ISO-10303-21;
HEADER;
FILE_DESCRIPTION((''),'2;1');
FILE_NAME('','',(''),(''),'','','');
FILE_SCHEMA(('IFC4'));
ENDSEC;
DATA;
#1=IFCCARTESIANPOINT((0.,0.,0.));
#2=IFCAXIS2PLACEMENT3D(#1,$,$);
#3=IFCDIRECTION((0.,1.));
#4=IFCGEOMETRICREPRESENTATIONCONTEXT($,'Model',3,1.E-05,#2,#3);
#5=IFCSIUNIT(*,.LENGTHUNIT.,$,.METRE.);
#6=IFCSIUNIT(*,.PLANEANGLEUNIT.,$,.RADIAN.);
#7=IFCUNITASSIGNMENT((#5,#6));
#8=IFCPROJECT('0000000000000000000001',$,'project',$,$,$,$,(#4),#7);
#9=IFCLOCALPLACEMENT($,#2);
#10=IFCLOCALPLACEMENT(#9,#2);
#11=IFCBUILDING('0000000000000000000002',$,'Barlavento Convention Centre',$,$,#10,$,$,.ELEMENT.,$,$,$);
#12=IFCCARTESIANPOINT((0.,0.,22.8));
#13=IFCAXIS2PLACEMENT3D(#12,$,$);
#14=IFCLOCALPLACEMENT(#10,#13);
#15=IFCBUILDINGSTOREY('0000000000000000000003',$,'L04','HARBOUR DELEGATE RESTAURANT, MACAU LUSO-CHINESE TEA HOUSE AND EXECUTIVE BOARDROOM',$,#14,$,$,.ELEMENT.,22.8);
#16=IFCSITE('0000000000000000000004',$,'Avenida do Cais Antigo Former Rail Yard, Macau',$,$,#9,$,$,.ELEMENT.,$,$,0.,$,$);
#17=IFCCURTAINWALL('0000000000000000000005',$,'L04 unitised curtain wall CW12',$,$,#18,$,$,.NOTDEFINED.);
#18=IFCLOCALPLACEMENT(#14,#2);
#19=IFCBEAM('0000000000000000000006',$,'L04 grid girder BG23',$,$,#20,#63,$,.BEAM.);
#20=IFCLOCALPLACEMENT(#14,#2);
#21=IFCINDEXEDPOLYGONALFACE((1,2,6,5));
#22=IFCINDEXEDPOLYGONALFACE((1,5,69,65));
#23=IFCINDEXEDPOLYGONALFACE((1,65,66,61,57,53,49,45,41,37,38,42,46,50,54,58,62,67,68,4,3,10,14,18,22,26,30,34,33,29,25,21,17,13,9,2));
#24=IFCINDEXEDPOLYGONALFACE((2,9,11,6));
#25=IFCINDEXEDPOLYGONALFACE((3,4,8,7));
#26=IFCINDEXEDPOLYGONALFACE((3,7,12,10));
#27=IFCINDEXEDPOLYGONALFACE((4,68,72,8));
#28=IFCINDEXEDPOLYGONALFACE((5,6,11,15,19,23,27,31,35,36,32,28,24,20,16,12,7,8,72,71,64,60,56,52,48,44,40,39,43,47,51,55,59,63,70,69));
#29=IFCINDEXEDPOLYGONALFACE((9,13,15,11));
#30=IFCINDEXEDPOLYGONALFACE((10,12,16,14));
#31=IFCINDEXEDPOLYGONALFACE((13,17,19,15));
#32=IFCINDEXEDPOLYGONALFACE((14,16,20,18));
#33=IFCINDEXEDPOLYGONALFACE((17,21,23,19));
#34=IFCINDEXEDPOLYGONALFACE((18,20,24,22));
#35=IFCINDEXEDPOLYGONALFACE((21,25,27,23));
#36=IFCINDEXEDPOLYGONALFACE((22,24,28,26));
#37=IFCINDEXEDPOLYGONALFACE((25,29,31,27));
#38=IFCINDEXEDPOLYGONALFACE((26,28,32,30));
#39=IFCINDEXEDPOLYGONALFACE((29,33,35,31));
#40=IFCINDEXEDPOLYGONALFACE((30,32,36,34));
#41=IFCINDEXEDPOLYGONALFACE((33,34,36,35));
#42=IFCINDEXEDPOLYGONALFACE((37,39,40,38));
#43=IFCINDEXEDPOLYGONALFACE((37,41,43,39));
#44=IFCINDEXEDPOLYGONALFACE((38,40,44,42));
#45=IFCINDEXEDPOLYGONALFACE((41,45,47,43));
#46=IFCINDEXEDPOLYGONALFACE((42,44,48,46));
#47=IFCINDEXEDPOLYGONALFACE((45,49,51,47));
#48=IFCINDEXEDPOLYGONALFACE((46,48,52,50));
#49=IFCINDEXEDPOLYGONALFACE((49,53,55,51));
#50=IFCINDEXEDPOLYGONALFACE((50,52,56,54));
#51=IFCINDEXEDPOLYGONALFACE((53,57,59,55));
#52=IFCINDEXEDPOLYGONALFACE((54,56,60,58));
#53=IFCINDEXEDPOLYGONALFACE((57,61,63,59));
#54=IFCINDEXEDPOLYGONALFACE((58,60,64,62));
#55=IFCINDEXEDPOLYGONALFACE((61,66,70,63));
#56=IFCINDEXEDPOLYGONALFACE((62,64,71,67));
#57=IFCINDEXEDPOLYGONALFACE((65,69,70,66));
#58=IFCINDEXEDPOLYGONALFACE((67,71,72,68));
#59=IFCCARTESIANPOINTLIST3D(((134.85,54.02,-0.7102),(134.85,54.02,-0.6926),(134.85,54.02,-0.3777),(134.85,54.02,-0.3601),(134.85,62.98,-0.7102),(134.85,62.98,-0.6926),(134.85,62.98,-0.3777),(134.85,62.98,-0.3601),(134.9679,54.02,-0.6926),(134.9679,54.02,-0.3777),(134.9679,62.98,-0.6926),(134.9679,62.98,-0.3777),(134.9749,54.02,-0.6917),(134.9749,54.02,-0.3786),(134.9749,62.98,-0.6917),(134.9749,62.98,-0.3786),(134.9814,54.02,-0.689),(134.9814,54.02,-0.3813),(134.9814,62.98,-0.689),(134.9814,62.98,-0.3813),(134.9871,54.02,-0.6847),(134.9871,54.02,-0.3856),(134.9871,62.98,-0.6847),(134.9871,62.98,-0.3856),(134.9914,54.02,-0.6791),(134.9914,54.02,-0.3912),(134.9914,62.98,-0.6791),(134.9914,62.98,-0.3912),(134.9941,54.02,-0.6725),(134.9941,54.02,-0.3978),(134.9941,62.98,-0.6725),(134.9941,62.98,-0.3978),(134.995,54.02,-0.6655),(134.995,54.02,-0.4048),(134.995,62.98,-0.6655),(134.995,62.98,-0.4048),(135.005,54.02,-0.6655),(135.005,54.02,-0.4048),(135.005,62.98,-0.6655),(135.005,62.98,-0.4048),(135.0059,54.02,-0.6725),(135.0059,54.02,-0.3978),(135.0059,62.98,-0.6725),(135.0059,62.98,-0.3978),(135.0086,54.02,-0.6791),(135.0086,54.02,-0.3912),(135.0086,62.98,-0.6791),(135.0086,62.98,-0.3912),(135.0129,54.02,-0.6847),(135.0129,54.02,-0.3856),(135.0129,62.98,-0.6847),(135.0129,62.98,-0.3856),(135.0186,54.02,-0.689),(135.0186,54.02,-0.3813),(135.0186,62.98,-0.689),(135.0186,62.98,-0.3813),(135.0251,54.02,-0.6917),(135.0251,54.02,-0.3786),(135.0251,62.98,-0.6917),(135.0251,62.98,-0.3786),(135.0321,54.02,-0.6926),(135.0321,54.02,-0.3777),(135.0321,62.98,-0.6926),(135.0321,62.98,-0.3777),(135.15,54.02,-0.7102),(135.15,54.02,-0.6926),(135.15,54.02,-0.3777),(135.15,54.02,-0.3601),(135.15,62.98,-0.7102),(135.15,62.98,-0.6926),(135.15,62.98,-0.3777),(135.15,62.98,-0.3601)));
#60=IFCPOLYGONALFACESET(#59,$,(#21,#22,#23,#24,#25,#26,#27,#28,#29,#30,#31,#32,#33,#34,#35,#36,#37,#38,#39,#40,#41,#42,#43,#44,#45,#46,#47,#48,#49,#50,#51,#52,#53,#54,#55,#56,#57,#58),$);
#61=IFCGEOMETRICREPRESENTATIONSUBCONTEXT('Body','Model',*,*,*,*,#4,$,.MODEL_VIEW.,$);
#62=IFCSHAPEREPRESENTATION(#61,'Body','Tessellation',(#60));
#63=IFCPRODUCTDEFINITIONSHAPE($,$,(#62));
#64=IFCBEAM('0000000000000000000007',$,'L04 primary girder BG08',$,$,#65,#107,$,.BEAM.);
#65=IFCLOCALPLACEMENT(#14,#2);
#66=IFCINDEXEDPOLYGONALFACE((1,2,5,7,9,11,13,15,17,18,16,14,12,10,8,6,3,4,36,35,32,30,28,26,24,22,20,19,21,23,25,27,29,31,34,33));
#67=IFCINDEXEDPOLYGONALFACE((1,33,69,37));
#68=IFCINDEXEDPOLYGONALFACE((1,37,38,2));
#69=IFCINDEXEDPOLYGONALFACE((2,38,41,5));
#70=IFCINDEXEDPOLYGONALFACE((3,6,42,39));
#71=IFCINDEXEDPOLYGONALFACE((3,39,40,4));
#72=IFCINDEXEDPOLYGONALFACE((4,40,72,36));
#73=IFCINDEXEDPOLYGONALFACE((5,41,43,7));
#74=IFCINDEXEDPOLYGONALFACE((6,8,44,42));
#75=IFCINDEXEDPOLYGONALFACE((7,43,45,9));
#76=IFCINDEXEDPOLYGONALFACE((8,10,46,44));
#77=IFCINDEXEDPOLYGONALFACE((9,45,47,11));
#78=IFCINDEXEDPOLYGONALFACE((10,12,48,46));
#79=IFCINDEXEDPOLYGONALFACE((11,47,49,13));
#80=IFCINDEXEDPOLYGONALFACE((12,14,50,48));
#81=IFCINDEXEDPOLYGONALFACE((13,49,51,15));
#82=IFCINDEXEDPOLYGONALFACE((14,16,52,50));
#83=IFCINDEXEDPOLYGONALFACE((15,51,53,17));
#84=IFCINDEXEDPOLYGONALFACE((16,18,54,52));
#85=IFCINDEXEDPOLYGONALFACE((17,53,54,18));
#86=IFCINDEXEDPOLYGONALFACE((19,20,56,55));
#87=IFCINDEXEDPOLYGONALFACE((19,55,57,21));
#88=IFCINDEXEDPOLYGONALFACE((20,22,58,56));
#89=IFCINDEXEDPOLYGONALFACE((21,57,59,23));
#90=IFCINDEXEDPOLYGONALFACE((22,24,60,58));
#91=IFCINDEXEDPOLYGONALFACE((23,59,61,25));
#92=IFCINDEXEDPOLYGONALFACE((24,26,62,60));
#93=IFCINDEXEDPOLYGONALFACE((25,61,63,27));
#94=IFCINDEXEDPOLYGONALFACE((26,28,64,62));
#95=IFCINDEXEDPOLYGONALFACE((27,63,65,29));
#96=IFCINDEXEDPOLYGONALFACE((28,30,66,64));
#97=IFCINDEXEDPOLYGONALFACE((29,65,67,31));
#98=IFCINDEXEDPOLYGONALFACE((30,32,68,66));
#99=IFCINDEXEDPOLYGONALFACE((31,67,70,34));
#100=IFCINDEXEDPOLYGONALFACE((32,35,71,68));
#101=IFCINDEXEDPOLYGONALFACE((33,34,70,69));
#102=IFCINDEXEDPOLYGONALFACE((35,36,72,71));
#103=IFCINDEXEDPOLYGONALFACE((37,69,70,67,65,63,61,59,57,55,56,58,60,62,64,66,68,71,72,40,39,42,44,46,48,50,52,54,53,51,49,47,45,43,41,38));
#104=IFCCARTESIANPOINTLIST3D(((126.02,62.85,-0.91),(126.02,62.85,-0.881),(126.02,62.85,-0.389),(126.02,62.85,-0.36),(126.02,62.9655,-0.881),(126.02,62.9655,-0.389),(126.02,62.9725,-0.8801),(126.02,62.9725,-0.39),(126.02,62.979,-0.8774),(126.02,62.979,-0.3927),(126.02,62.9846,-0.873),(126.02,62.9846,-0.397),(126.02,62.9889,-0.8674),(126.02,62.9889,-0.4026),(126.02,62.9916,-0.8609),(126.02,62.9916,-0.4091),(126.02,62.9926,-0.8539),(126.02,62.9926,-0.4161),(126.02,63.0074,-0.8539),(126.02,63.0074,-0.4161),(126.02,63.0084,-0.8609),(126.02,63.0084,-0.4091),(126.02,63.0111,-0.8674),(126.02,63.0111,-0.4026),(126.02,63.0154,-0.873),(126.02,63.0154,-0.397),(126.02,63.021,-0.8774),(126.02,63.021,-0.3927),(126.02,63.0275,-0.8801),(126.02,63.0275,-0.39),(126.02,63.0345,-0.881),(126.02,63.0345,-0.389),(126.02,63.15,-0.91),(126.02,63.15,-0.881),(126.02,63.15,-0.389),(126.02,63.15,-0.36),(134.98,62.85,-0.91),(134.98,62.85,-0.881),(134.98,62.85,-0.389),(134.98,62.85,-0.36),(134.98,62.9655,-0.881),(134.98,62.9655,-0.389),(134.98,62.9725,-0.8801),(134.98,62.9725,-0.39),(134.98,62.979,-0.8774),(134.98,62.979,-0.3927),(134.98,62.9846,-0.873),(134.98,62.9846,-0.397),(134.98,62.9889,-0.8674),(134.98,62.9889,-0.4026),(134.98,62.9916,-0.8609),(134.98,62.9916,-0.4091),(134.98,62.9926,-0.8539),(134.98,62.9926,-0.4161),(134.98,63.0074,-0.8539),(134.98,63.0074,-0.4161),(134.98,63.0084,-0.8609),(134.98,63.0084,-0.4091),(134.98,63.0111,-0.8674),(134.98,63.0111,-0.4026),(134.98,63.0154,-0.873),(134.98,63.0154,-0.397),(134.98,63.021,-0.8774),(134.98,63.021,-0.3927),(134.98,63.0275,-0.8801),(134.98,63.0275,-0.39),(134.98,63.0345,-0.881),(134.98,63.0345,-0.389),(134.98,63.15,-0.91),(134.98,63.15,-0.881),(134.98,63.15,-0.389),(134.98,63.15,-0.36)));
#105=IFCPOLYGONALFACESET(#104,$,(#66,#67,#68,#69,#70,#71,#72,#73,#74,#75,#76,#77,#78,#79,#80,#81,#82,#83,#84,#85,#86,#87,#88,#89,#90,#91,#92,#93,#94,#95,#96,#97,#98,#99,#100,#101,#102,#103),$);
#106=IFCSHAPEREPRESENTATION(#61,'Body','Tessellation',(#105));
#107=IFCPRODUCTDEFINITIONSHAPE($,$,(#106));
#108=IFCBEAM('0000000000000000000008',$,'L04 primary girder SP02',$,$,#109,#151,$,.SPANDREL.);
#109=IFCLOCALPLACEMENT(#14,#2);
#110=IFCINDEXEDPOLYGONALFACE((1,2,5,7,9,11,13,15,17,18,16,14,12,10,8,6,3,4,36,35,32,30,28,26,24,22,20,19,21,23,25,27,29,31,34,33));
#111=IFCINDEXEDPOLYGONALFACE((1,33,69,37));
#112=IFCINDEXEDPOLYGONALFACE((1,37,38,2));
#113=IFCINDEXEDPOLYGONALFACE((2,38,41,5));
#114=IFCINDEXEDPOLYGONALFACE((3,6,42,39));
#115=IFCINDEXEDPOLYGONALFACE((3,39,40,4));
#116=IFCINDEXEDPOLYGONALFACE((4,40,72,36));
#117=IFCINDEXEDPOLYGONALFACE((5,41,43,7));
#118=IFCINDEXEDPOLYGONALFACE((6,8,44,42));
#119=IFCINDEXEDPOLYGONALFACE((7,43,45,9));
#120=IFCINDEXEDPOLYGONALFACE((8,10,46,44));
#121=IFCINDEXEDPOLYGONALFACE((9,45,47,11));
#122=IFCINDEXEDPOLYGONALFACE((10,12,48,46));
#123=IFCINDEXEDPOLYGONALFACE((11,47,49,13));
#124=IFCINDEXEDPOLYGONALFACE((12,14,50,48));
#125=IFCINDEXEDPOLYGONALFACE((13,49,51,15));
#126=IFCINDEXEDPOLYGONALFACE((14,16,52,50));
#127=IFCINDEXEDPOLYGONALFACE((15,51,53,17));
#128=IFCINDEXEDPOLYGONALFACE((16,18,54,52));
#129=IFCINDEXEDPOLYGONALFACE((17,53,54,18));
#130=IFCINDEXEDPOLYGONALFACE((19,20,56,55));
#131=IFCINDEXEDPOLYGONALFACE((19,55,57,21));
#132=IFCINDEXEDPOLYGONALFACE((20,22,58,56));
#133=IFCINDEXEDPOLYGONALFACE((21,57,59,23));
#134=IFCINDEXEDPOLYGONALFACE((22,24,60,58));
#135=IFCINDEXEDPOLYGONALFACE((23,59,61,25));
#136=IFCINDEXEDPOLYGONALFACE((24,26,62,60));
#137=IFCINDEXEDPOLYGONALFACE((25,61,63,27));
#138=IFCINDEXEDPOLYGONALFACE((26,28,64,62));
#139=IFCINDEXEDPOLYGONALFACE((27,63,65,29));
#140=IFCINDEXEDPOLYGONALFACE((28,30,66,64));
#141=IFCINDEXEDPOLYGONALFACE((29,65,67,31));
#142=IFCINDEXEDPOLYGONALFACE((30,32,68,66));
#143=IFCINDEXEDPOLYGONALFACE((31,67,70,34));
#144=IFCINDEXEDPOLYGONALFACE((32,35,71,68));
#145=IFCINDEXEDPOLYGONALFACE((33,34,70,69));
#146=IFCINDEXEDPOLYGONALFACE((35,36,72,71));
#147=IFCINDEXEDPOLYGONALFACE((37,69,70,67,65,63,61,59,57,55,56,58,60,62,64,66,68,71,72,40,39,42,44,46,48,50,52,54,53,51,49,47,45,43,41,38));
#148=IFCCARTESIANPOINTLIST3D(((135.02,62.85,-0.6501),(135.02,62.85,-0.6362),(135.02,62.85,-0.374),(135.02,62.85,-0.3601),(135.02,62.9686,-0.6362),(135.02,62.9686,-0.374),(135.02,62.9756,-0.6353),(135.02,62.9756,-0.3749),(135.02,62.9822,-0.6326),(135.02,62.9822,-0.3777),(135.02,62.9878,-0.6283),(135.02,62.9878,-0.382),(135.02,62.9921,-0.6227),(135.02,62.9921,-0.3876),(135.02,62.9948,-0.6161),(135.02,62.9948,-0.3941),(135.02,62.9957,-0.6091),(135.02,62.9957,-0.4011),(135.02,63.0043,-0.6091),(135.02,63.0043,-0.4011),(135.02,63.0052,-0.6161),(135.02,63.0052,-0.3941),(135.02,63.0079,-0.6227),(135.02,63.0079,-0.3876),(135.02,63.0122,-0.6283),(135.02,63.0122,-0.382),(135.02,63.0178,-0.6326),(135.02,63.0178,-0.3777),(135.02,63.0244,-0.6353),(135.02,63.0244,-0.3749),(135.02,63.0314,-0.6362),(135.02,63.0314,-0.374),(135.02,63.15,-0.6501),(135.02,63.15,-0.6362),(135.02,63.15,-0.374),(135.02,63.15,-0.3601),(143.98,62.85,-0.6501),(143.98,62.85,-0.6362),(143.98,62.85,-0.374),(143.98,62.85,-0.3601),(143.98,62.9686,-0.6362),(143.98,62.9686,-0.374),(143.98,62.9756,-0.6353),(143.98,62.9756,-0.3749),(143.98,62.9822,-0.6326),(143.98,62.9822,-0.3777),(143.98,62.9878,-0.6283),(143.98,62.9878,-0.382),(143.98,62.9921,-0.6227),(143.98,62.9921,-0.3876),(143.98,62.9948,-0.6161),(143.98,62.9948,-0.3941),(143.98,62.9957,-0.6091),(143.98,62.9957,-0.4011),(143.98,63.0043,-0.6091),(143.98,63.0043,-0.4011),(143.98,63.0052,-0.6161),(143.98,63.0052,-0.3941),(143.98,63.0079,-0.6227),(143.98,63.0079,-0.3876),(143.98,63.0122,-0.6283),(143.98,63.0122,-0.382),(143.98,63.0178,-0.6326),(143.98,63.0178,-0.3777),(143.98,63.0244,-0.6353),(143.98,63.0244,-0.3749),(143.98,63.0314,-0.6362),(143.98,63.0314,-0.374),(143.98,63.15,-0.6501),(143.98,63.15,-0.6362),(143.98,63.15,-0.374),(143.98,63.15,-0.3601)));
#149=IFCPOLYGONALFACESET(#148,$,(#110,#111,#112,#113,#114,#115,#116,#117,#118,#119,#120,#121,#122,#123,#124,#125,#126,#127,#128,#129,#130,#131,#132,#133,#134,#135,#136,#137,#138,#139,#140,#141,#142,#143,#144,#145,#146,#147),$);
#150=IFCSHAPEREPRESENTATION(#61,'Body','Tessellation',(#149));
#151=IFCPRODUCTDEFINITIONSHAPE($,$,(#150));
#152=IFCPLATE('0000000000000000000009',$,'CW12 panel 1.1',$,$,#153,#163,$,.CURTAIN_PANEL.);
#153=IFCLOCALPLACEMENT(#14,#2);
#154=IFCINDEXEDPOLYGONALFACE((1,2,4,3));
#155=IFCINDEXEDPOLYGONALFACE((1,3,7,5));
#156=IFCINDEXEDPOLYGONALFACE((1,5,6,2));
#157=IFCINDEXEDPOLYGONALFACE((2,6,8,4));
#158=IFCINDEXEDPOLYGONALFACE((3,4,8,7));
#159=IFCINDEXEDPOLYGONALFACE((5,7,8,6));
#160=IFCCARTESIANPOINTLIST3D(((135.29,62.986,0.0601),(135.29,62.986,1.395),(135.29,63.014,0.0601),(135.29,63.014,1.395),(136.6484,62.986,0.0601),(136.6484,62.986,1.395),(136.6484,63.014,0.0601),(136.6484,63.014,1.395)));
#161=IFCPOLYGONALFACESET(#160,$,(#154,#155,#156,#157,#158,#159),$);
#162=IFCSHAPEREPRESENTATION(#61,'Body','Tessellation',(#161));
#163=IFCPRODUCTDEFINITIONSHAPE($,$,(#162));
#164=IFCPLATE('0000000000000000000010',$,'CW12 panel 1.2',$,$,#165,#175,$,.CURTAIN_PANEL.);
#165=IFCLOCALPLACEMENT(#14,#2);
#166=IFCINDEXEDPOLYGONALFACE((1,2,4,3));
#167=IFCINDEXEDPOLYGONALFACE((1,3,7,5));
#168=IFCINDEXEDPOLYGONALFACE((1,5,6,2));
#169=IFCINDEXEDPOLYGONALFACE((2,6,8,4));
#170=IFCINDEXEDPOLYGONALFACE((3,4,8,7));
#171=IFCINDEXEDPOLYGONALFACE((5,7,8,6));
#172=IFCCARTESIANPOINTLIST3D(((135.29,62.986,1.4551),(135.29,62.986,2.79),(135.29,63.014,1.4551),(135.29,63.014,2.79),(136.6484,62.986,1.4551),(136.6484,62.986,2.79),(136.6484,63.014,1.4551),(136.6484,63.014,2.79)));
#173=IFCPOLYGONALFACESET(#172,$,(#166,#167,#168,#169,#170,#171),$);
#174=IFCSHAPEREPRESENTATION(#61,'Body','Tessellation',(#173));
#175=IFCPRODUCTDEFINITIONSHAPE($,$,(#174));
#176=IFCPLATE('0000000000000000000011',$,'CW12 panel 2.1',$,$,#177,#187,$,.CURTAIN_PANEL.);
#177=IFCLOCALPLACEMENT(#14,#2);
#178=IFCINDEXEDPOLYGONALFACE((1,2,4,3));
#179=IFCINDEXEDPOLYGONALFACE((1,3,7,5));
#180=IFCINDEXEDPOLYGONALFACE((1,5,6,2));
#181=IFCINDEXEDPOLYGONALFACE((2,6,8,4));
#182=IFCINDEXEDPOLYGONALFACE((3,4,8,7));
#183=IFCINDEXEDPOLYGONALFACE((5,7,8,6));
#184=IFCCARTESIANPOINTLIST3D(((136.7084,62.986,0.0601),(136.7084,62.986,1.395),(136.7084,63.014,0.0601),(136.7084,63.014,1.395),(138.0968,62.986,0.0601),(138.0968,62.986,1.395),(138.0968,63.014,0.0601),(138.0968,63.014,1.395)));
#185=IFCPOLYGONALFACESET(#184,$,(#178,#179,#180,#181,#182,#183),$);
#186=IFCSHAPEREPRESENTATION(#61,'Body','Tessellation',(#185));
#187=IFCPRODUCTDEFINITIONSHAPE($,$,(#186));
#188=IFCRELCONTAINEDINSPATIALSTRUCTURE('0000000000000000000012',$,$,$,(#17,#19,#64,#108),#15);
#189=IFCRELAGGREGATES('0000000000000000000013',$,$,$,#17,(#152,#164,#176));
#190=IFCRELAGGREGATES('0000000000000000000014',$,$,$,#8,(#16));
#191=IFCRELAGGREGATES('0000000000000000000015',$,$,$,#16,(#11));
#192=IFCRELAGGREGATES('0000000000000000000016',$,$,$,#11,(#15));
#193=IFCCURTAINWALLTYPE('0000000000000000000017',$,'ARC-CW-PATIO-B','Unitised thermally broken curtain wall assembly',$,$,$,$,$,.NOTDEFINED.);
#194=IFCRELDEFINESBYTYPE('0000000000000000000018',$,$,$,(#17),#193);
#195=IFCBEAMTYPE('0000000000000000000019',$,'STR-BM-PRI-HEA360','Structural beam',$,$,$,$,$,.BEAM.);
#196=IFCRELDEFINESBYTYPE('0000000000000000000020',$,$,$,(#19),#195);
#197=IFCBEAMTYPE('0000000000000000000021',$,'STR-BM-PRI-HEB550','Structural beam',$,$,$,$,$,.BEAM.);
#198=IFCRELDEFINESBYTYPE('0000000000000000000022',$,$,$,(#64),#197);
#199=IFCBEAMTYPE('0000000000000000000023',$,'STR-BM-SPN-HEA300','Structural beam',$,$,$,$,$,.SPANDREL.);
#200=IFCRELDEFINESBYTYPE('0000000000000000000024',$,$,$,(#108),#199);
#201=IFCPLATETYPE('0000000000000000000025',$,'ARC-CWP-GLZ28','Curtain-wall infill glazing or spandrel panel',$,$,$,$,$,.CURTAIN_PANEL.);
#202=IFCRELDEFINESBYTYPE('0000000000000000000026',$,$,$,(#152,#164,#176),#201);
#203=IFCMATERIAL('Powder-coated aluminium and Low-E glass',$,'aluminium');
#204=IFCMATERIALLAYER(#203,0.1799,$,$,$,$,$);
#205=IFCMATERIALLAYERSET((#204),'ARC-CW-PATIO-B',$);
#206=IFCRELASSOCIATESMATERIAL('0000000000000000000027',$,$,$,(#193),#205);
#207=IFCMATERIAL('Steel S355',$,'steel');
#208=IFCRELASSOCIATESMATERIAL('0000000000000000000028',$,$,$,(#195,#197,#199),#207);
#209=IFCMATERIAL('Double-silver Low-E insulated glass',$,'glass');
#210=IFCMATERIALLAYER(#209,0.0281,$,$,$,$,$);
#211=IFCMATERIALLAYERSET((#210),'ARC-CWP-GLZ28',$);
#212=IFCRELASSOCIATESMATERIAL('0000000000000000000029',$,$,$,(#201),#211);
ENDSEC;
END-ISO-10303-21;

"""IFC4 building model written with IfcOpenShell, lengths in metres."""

from ifc_helpers import new_model, si_unit, direction, frame, origin, origin_2d, place, context, subcontext, project, spatial, rectangle, i_section, extrude, material, layer, layer_set, material_profile, profile_set, type_object, element, aggregate, save


model = new_model("IFC4")

# Units and contexts
model_context = context("Model", 3, precision=1e-05, world=origin(), true_north=direction((0.0, 1.0)))
body_context = subcontext(model_context, "Body", "Model", "MODEL_VIEW")
ifc_project = project(units=[si_unit("LENGTHUNIT", "METRE"), si_unit("PLANEANGLEUNIT", "RADIAN")], contexts=[model_context])

# Site, building, storey
site_placement = place(None, origin())
site = spatial("IfcSite", under=ifc_project, at=site_placement, Name="Avenida do Cais Antigo Former Rail Yard, Macau", CompositionType="ELEMENT", RefElevation=0.0)
building_placement = place(site_placement, origin())
building = spatial("IfcBuilding", under=site, at=building_placement, Name="Barlavento Convention Centre", CompositionType="ELEMENT")
storey_placement = place(building_placement, frame((0.0, 0.0, 22.8)))
storey = spatial("IfcBuildingStorey", under=building, at=storey_placement, Name="L04", Description="HARBOUR DELEGATE RESTAURANT, MACAU LUSO-CHINESE TEA HOUSE AND EXECUTIVE BOARDROOM", CompositionType="ELEMENT", Elevation=22.8)

# Shared definitions
ifc_material_1 = material(Name="Steel S355", Category="steel")

# Curtain wall
ifc_material_2 = material(Name="Powder-coated aluminium and Low-E glass", Category="aluminium")
ifc_layer_1 = layer(ifc_material_2, 0.1799)
ifc_layer_set_1 = layer_set([ifc_layer_1], Name="ARC-CW-PATIO-B")
curtain_wall_type = type_object("IfcCurtainWallType", Name="ARC-CW-PATIO-B", Description="Unitised thermally broken curtain wall assembly", PredefinedType="NOTDEFINED", material=ifc_layer_set_1)
curtain_wall_placement = place(storey_placement, origin())
curtain_wall = element("IfcCurtainWall", 1, at=curtain_wall_placement, inside=storey, type_object=curtain_wall_type, Name="L04 unitised curtain wall CW12", PredefinedType="NOTDEFINED")

# Beams
ifc_material_profile_1 = material_profile(ifc_material_1, i_section(OverallWidth=0.3, OverallDepth=0.3501, WebThickness=0.01, FlangeThickness=0.0176, FilletRadius=0.0271, at=origin_2d()), Name="HEA 360")
ifc_profile_set_1 = profile_set([ifc_material_profile_1], Name="Steel S355")
beam_type_1 = type_object("IfcBeamType", Name="STR-BM-PRI-HEA360", Description="Structural beam", PredefinedType="BEAM", material=ifc_profile_set_1)
beam_1_placement = place(storey_placement, frame((135.0, 54.02, -0.5352), z_axis=(0.0, 1.0, 0.0), x_axis=(-1.0, 0.0, 0.0)))
element("IfcBeam", 2, at=beam_1_placement, inside=storey, type_object=beam_type_1, Name="L04 grid girder BG23", PredefinedType="BEAM", context=body_context, shape_type="SweptSolid", body=[
    extrude(i_section(OverallWidth=0.3, OverallDepth=0.3501, WebThickness=0.01, FlangeThickness=0.0176, FilletRadius=0.0271, at=origin_2d()), origin(), (0.0, 0.0, 1.0), 8.96),
])
ifc_material_profile_2 = material_profile(ifc_material_1, i_section(OverallWidth=0.3, OverallDepth=0.55, WebThickness=0.0149, FlangeThickness=0.0291, FilletRadius=0.0271, at=origin_2d()), Name="HEB 550")
ifc_profile_set_2 = profile_set([ifc_material_profile_2], Name="Steel S355")
beam_type_2 = type_object("IfcBeamType", Name="STR-BM-PRI-HEB550", Description="Structural beam", PredefinedType="BEAM", material=ifc_profile_set_2)
beam_2_placement = place(storey_placement, frame((126.02, 63.0, -0.635), z_axis=(1.0, 0.0, 0.0), x_axis=(0.0, 1.0, 0.0)))
element("IfcBeam", 3, at=beam_2_placement, inside=storey, type_object=beam_type_2, Name="L04 primary girder BG08", PredefinedType="BEAM", context=body_context, shape_type="SweptSolid", body=[
    extrude(i_section(OverallWidth=0.3, OverallDepth=0.55, WebThickness=0.0149, FlangeThickness=0.0291, FilletRadius=0.0271, at=origin_2d()), origin(), (0.0, 0.0, 1.0), 8.96),
])
ifc_material_profile_3 = material_profile(ifc_material_1, i_section(OverallWidth=0.3, OverallDepth=0.29, WebThickness=0.0085, FlangeThickness=0.0139, FilletRadius=0.0271, at=origin_2d()), Name="HEA 300")
ifc_profile_set_3 = profile_set([ifc_material_profile_3], Name="Steel S355")
beam_type_3 = type_object("IfcBeamType", Name="STR-BM-SPN-HEA300", Description="Structural beam", PredefinedType="SPANDREL", material=ifc_profile_set_3)
beam_3_placement = place(storey_placement, frame((135.02, 63.0, -0.5051), z_axis=(1.0, 0.0, 0.0), x_axis=(0.0, 1.0, 0.0)))
element("IfcBeam", 4, at=beam_3_placement, inside=storey, type_object=beam_type_3, Name="L04 primary girder SP02", PredefinedType="SPANDREL", context=body_context, shape_type="SweptSolid", body=[
    extrude(i_section(OverallWidth=0.3, OverallDepth=0.29, WebThickness=0.0085, FlangeThickness=0.0139, FilletRadius=0.0271, at=origin_2d()), origin(), (0.0, 0.0, 1.0), 8.96),
])

# Plates
ifc_material_3 = material(Name="Double-silver Low-E insulated glass", Category="glass")
ifc_layer_2 = layer(ifc_material_3, 0.0281)
ifc_layer_set_2 = layer_set([ifc_layer_2], Name="ARC-CWP-GLZ28")
plate_type = type_object("IfcPlateType", Name="ARC-CWP-GLZ28", Description="Curtain-wall infill glazing or spandrel panel", PredefinedType="CURTAIN_PANEL", material=ifc_layer_set_2)
plate_1_placement = place(storey_placement, frame((135.9692, 63.0, 0.0601), z_axis=(0.0, 0.0, 1.0), x_axis=(1.0, 0.0, 0.0)))
plate_1 = element("IfcPlate", 5, at=plate_1_placement, type_object=plate_type, Name="CW12 panel 1.1", PredefinedType="CURTAIN_PANEL", context=body_context, shape_type="SweptSolid", body=[
    extrude(rectangle(XDim=1.3584, YDim=0.0281, at=origin_2d()), origin(), (0.0, 0.0, 1.0), 1.335),
])
plate_2_placement = place(storey_placement, frame((135.9692, 63.0, 1.4551), z_axis=(0.0, 0.0, 1.0), x_axis=(1.0, 0.0, 0.0)))
plate_2 = element("IfcPlate", 6, at=plate_2_placement, type_object=plate_type, Name="CW12 panel 1.2", PredefinedType="CURTAIN_PANEL", context=body_context, shape_type="SweptSolid", body=[
    extrude(rectangle(XDim=1.3584, YDim=0.0281, at=origin_2d()), origin(), (0.0, 0.0, 1.0), 1.335),
])
plate_3_placement = place(storey_placement, frame((137.4026, 63.0, 0.0601), z_axis=(0.0, 0.0, 1.0), x_axis=(1.0, 0.0, 0.0)))
plate_3 = element("IfcPlate", 7, at=plate_3_placement, type_object=plate_type, Name="CW12 panel 2.1", PredefinedType="CURTAIN_PANEL", context=body_context, shape_type="SweptSolid", body=[
    extrude(rectangle(XDim=1.3884, YDim=0.0281, at=origin_2d()), origin(), (0.0, 0.0, 1.0), 1.335),
])
aggregate(curtain_wall, [plate_1, plate_2, plate_3])

save(model, "model.ifc")
